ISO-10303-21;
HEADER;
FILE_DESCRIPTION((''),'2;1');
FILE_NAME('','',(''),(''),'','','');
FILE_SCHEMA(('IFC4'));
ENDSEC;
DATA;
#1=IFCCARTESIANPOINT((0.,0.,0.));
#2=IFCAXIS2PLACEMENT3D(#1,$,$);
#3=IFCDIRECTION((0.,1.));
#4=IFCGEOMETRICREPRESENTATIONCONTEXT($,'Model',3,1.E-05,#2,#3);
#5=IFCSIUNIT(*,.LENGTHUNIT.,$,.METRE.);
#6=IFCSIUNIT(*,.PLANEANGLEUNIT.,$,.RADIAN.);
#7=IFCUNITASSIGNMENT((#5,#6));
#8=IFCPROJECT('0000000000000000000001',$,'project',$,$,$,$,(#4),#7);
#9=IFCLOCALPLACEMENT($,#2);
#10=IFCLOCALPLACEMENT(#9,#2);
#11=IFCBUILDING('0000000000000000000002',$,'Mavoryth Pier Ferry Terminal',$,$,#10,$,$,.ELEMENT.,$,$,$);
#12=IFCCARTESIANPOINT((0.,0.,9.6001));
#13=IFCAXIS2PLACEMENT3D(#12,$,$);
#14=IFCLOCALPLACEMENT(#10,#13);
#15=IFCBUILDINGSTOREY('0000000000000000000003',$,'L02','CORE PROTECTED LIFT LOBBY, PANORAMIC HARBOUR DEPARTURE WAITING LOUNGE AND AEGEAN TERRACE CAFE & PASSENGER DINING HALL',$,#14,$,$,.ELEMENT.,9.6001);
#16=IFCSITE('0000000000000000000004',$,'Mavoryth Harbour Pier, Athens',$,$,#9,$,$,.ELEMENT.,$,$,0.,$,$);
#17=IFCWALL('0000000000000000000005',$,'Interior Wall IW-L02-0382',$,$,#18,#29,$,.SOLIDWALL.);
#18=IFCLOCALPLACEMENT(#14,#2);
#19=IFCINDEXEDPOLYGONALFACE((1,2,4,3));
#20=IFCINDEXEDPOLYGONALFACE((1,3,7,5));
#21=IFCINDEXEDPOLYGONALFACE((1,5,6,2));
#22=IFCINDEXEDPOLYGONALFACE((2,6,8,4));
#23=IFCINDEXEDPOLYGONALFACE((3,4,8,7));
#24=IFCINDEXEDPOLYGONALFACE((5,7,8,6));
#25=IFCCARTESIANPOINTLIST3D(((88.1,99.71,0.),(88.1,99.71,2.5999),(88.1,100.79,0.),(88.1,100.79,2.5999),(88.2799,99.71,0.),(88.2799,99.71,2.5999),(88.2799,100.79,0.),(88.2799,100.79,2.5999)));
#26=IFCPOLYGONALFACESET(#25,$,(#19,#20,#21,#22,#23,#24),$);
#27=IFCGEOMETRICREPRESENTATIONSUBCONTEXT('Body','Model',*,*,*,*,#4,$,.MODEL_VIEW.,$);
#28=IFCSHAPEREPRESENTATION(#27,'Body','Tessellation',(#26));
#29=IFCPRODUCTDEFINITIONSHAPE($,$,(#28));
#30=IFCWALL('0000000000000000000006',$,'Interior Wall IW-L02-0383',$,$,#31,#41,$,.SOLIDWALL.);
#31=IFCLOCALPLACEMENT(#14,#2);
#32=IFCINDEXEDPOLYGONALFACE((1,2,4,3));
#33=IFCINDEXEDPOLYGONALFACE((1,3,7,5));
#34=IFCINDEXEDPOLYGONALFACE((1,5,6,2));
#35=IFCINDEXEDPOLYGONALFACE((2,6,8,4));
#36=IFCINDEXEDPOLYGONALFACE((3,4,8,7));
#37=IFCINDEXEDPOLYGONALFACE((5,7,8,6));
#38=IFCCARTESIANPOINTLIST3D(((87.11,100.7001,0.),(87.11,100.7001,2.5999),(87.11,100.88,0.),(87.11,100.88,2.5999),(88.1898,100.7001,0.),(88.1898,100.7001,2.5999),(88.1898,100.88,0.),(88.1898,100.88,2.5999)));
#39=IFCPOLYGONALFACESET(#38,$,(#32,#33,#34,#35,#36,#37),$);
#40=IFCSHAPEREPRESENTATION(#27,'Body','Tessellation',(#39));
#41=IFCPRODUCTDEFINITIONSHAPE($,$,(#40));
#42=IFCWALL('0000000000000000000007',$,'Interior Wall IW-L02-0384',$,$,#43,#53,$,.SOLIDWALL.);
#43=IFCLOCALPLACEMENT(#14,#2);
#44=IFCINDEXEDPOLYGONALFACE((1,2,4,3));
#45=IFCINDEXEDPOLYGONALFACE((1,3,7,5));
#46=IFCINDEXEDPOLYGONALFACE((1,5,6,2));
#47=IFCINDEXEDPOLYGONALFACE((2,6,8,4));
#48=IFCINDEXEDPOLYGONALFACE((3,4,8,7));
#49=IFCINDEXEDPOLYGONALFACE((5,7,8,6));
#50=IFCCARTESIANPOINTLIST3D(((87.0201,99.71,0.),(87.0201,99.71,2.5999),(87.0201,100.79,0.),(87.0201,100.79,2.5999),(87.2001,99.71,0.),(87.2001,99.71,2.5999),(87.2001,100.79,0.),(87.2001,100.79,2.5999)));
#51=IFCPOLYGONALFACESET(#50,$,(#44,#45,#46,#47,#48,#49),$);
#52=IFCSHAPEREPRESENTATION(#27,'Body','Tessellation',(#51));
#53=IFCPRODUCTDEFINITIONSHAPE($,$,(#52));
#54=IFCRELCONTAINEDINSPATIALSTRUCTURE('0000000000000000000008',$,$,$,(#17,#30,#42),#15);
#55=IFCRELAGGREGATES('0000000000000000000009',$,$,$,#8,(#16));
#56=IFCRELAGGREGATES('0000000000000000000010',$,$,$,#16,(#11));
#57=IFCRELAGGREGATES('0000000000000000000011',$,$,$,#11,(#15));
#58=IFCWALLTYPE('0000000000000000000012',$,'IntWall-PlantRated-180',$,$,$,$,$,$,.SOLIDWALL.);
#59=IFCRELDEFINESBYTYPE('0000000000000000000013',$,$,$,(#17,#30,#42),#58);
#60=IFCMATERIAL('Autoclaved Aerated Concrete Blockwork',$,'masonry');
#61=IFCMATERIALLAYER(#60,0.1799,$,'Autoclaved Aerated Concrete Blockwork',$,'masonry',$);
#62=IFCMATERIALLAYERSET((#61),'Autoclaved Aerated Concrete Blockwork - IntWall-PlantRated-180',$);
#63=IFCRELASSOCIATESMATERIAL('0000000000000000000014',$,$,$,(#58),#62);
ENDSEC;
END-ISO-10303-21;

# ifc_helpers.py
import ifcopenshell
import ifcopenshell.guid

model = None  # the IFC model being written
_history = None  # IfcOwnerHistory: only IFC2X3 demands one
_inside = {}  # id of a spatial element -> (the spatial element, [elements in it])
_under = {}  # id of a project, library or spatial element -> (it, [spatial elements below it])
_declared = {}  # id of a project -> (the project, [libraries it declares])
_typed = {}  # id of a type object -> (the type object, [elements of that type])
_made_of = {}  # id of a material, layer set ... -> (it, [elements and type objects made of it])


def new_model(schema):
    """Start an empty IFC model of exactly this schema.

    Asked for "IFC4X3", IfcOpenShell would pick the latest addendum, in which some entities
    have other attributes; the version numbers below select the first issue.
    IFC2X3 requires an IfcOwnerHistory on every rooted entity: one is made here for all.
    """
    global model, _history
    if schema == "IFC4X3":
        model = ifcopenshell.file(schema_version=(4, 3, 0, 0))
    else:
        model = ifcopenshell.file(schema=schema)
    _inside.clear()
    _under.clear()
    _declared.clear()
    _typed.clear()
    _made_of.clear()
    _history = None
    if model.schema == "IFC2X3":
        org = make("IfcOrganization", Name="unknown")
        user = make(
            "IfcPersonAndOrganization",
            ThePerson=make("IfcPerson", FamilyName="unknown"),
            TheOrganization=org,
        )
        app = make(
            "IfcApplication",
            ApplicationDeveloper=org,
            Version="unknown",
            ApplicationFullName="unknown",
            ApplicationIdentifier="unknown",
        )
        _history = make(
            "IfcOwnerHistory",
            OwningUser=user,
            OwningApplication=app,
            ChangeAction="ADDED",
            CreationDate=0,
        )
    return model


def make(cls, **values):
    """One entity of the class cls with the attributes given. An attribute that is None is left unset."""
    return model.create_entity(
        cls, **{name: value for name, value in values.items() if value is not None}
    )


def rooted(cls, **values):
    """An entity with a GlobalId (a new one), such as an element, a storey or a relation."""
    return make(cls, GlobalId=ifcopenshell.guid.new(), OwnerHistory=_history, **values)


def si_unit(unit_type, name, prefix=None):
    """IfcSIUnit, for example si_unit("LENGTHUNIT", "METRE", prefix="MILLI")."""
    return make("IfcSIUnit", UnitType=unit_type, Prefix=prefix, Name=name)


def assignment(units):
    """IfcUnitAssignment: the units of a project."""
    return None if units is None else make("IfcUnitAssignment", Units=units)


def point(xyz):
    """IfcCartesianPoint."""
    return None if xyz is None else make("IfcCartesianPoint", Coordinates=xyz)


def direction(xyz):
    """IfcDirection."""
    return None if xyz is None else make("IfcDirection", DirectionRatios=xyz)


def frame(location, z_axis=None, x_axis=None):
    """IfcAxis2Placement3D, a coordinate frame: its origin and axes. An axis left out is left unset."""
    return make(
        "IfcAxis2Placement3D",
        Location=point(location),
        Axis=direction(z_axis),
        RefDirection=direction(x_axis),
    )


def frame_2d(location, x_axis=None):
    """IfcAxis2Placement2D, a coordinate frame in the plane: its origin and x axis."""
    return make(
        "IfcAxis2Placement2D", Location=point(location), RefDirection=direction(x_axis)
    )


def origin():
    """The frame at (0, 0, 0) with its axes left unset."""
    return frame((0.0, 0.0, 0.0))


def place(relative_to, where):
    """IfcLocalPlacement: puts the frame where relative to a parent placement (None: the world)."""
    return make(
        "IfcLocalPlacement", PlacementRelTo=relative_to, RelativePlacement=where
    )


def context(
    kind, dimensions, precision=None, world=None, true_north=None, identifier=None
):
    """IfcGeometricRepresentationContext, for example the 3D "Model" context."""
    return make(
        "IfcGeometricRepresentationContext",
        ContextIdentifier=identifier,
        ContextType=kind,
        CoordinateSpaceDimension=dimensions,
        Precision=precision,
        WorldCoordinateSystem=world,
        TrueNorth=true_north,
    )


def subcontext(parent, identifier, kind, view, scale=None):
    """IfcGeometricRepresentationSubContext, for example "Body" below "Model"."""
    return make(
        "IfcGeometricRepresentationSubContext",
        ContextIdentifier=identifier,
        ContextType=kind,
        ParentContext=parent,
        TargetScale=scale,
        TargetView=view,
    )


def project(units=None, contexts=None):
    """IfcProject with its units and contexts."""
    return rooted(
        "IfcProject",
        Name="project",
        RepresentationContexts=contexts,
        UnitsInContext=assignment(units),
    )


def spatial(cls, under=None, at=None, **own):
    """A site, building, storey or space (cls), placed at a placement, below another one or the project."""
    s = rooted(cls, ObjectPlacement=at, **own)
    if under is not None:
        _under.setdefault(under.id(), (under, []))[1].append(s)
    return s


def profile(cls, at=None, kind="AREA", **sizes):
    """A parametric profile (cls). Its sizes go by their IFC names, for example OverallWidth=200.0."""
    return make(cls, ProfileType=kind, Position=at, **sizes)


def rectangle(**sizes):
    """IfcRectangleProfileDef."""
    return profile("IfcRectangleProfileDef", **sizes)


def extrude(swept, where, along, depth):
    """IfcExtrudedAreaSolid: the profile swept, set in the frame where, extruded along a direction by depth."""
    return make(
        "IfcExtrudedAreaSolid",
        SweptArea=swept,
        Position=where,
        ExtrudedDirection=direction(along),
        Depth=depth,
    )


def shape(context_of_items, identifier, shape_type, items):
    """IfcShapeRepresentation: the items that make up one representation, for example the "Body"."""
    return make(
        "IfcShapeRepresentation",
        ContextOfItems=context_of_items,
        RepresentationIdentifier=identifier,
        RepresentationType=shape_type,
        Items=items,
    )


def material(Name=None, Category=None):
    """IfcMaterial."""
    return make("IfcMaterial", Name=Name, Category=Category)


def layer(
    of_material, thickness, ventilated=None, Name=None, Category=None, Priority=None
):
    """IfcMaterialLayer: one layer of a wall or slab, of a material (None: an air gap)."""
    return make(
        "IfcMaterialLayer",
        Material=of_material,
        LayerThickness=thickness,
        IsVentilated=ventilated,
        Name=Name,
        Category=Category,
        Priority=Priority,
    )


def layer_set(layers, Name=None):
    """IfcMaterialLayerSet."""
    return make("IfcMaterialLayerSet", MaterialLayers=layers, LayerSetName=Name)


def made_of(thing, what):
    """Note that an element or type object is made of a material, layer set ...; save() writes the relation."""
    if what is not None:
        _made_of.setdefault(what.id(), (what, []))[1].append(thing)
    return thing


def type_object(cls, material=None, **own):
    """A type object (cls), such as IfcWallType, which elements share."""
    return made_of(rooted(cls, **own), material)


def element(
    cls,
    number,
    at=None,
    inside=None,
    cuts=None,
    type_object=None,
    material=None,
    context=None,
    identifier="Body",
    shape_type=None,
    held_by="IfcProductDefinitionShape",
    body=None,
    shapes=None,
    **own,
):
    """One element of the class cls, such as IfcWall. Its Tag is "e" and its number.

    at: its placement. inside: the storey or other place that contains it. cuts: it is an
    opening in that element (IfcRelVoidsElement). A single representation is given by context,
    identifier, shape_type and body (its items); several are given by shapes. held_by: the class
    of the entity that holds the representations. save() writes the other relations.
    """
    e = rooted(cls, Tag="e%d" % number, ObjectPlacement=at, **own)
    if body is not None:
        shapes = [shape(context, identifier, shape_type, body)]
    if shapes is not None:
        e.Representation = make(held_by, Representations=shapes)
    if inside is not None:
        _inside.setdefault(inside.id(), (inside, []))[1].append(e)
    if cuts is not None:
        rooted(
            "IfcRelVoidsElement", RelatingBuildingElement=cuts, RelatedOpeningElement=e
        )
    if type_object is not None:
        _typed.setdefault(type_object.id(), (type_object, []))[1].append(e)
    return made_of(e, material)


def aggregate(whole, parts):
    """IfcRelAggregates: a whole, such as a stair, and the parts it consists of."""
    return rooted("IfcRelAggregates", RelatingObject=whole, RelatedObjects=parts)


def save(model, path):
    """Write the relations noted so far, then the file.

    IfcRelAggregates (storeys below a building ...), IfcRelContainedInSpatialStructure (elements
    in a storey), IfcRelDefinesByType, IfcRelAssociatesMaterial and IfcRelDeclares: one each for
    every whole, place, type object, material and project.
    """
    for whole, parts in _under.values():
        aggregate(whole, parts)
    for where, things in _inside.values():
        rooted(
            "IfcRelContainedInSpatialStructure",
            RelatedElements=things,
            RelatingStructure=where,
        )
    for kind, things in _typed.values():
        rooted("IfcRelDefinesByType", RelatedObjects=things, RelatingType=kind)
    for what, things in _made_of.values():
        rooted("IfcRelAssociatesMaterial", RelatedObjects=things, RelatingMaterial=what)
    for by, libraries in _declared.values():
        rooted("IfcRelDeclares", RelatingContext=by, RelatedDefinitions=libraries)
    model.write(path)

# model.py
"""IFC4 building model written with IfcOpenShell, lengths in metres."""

from ifc_helpers import new_model, si_unit, direction, frame, frame_2d, origin, place, context, subcontext, project, spatial, rectangle, extrude, material, layer, layer_set, type_object, element, save


model = new_model("IFC4")

# Units and contexts
model_context = context("Model", 3, precision=1e-05, world=origin(), true_north=direction((0.0, 1.0)))
body_context = subcontext(model_context, "Body", "Model", "MODEL_VIEW")
ifc_project = project(units=[si_unit("LENGTHUNIT", "METRE"), si_unit("PLANEANGLEUNIT", "RADIAN")], contexts=[model_context])

# Site, building, storey
site_placement = place(None, origin())
site = spatial("IfcSite", under=ifc_project, at=site_placement, Name="Mavoryth Harbour Pier, Athens", CompositionType="ELEMENT", RefElevation=0.0)
building_placement = place(site_placement, origin())
building = spatial("IfcBuilding", under=site, at=building_placement, Name="Mavoryth Pier Ferry Terminal", CompositionType="ELEMENT")
storey_placement = place(building_placement, frame((0.0, 0.0, 9.6001)))
storey = spatial("IfcBuildingStorey", under=building, at=storey_placement, Name="L02", Description="CORE PROTECTED LIFT LOBBY, PANORAMIC HARBOUR DEPARTURE WAITING LOUNGE AND AEGEAN TERRACE CAFE & PASSENGER DINING HALL", CompositionType="ELEMENT", Elevation=9.6001)

# Walls
ifc_material_1 = material(Name="Autoclaved Aerated Concrete Blockwork", Category="masonry")
ifc_layer_1 = layer(ifc_material_1, 0.1799, Name="Autoclaved Aerated Concrete Blockwork", Category="masonry")
ifc_layer_set_1 = layer_set([ifc_layer_1], Name="Autoclaved Aerated Concrete Blockwork - IntWall-PlantRated-180")
wall_type_1 = type_object("IfcWallType", Name="IntWall-PlantRated-180", PredefinedType="SOLIDWALL", material=ifc_layer_set_1)
wall_1_placement = place(storey_placement, frame((88.1899, 99.71, 0.0), z_axis=(0.0, 0.0, 1.0), x_axis=(0.0, 1.0, 0.0)))
element("IfcWall", 1, at=wall_1_placement, inside=storey, type_object=wall_type_1, Name="Interior Wall IW-L02-0382", PredefinedType="SOLIDWALL", context=body_context, shape_type="SweptSolid", body=[
    extrude(rectangle(XDim=1.0801, YDim=0.1799, at=frame_2d((0.54, 0.0))), origin(), (0.0, 0.0, 1.0), 2.5999),
])
wall_2_placement = place(storey_placement, frame((88.1899, 100.79, 0.0), z_axis=(0.0, 0.0, 1.0), x_axis=(-1.0, 0.0, 0.0)))
element("IfcWall", 2, at=wall_2_placement, inside=storey, type_object=wall_type_1, Name="Interior Wall IW-L02-0383", PredefinedType="SOLIDWALL", context=body_context, shape_type="SweptSolid", body=[
    extrude(rectangle(XDim=1.0798, YDim=0.1799, at=frame_2d((0.54, 0.0))), origin(), (0.0, 0.0, 1.0), 2.5999),
])
wall_3_placement = place(storey_placement, frame((87.1101, 100.79, 0.0), z_axis=(0.0, 0.0, 1.0), x_axis=(0.0, -1.0, 0.0)))
element("IfcWall", 3, at=wall_3_placement, inside=storey, type_object=wall_type_1, Name="Interior Wall IW-L02-0384", PredefinedType="SOLIDWALL", context=body_context, shape_type="SweptSolid", body=[
    extrude(rectangle(XDim=1.0801, YDim=0.1799, at=frame_2d((0.54, 0.0))), origin(), (0.0, 0.0, 1.0), 2.5999),
])

save(model, "model.ifc")
